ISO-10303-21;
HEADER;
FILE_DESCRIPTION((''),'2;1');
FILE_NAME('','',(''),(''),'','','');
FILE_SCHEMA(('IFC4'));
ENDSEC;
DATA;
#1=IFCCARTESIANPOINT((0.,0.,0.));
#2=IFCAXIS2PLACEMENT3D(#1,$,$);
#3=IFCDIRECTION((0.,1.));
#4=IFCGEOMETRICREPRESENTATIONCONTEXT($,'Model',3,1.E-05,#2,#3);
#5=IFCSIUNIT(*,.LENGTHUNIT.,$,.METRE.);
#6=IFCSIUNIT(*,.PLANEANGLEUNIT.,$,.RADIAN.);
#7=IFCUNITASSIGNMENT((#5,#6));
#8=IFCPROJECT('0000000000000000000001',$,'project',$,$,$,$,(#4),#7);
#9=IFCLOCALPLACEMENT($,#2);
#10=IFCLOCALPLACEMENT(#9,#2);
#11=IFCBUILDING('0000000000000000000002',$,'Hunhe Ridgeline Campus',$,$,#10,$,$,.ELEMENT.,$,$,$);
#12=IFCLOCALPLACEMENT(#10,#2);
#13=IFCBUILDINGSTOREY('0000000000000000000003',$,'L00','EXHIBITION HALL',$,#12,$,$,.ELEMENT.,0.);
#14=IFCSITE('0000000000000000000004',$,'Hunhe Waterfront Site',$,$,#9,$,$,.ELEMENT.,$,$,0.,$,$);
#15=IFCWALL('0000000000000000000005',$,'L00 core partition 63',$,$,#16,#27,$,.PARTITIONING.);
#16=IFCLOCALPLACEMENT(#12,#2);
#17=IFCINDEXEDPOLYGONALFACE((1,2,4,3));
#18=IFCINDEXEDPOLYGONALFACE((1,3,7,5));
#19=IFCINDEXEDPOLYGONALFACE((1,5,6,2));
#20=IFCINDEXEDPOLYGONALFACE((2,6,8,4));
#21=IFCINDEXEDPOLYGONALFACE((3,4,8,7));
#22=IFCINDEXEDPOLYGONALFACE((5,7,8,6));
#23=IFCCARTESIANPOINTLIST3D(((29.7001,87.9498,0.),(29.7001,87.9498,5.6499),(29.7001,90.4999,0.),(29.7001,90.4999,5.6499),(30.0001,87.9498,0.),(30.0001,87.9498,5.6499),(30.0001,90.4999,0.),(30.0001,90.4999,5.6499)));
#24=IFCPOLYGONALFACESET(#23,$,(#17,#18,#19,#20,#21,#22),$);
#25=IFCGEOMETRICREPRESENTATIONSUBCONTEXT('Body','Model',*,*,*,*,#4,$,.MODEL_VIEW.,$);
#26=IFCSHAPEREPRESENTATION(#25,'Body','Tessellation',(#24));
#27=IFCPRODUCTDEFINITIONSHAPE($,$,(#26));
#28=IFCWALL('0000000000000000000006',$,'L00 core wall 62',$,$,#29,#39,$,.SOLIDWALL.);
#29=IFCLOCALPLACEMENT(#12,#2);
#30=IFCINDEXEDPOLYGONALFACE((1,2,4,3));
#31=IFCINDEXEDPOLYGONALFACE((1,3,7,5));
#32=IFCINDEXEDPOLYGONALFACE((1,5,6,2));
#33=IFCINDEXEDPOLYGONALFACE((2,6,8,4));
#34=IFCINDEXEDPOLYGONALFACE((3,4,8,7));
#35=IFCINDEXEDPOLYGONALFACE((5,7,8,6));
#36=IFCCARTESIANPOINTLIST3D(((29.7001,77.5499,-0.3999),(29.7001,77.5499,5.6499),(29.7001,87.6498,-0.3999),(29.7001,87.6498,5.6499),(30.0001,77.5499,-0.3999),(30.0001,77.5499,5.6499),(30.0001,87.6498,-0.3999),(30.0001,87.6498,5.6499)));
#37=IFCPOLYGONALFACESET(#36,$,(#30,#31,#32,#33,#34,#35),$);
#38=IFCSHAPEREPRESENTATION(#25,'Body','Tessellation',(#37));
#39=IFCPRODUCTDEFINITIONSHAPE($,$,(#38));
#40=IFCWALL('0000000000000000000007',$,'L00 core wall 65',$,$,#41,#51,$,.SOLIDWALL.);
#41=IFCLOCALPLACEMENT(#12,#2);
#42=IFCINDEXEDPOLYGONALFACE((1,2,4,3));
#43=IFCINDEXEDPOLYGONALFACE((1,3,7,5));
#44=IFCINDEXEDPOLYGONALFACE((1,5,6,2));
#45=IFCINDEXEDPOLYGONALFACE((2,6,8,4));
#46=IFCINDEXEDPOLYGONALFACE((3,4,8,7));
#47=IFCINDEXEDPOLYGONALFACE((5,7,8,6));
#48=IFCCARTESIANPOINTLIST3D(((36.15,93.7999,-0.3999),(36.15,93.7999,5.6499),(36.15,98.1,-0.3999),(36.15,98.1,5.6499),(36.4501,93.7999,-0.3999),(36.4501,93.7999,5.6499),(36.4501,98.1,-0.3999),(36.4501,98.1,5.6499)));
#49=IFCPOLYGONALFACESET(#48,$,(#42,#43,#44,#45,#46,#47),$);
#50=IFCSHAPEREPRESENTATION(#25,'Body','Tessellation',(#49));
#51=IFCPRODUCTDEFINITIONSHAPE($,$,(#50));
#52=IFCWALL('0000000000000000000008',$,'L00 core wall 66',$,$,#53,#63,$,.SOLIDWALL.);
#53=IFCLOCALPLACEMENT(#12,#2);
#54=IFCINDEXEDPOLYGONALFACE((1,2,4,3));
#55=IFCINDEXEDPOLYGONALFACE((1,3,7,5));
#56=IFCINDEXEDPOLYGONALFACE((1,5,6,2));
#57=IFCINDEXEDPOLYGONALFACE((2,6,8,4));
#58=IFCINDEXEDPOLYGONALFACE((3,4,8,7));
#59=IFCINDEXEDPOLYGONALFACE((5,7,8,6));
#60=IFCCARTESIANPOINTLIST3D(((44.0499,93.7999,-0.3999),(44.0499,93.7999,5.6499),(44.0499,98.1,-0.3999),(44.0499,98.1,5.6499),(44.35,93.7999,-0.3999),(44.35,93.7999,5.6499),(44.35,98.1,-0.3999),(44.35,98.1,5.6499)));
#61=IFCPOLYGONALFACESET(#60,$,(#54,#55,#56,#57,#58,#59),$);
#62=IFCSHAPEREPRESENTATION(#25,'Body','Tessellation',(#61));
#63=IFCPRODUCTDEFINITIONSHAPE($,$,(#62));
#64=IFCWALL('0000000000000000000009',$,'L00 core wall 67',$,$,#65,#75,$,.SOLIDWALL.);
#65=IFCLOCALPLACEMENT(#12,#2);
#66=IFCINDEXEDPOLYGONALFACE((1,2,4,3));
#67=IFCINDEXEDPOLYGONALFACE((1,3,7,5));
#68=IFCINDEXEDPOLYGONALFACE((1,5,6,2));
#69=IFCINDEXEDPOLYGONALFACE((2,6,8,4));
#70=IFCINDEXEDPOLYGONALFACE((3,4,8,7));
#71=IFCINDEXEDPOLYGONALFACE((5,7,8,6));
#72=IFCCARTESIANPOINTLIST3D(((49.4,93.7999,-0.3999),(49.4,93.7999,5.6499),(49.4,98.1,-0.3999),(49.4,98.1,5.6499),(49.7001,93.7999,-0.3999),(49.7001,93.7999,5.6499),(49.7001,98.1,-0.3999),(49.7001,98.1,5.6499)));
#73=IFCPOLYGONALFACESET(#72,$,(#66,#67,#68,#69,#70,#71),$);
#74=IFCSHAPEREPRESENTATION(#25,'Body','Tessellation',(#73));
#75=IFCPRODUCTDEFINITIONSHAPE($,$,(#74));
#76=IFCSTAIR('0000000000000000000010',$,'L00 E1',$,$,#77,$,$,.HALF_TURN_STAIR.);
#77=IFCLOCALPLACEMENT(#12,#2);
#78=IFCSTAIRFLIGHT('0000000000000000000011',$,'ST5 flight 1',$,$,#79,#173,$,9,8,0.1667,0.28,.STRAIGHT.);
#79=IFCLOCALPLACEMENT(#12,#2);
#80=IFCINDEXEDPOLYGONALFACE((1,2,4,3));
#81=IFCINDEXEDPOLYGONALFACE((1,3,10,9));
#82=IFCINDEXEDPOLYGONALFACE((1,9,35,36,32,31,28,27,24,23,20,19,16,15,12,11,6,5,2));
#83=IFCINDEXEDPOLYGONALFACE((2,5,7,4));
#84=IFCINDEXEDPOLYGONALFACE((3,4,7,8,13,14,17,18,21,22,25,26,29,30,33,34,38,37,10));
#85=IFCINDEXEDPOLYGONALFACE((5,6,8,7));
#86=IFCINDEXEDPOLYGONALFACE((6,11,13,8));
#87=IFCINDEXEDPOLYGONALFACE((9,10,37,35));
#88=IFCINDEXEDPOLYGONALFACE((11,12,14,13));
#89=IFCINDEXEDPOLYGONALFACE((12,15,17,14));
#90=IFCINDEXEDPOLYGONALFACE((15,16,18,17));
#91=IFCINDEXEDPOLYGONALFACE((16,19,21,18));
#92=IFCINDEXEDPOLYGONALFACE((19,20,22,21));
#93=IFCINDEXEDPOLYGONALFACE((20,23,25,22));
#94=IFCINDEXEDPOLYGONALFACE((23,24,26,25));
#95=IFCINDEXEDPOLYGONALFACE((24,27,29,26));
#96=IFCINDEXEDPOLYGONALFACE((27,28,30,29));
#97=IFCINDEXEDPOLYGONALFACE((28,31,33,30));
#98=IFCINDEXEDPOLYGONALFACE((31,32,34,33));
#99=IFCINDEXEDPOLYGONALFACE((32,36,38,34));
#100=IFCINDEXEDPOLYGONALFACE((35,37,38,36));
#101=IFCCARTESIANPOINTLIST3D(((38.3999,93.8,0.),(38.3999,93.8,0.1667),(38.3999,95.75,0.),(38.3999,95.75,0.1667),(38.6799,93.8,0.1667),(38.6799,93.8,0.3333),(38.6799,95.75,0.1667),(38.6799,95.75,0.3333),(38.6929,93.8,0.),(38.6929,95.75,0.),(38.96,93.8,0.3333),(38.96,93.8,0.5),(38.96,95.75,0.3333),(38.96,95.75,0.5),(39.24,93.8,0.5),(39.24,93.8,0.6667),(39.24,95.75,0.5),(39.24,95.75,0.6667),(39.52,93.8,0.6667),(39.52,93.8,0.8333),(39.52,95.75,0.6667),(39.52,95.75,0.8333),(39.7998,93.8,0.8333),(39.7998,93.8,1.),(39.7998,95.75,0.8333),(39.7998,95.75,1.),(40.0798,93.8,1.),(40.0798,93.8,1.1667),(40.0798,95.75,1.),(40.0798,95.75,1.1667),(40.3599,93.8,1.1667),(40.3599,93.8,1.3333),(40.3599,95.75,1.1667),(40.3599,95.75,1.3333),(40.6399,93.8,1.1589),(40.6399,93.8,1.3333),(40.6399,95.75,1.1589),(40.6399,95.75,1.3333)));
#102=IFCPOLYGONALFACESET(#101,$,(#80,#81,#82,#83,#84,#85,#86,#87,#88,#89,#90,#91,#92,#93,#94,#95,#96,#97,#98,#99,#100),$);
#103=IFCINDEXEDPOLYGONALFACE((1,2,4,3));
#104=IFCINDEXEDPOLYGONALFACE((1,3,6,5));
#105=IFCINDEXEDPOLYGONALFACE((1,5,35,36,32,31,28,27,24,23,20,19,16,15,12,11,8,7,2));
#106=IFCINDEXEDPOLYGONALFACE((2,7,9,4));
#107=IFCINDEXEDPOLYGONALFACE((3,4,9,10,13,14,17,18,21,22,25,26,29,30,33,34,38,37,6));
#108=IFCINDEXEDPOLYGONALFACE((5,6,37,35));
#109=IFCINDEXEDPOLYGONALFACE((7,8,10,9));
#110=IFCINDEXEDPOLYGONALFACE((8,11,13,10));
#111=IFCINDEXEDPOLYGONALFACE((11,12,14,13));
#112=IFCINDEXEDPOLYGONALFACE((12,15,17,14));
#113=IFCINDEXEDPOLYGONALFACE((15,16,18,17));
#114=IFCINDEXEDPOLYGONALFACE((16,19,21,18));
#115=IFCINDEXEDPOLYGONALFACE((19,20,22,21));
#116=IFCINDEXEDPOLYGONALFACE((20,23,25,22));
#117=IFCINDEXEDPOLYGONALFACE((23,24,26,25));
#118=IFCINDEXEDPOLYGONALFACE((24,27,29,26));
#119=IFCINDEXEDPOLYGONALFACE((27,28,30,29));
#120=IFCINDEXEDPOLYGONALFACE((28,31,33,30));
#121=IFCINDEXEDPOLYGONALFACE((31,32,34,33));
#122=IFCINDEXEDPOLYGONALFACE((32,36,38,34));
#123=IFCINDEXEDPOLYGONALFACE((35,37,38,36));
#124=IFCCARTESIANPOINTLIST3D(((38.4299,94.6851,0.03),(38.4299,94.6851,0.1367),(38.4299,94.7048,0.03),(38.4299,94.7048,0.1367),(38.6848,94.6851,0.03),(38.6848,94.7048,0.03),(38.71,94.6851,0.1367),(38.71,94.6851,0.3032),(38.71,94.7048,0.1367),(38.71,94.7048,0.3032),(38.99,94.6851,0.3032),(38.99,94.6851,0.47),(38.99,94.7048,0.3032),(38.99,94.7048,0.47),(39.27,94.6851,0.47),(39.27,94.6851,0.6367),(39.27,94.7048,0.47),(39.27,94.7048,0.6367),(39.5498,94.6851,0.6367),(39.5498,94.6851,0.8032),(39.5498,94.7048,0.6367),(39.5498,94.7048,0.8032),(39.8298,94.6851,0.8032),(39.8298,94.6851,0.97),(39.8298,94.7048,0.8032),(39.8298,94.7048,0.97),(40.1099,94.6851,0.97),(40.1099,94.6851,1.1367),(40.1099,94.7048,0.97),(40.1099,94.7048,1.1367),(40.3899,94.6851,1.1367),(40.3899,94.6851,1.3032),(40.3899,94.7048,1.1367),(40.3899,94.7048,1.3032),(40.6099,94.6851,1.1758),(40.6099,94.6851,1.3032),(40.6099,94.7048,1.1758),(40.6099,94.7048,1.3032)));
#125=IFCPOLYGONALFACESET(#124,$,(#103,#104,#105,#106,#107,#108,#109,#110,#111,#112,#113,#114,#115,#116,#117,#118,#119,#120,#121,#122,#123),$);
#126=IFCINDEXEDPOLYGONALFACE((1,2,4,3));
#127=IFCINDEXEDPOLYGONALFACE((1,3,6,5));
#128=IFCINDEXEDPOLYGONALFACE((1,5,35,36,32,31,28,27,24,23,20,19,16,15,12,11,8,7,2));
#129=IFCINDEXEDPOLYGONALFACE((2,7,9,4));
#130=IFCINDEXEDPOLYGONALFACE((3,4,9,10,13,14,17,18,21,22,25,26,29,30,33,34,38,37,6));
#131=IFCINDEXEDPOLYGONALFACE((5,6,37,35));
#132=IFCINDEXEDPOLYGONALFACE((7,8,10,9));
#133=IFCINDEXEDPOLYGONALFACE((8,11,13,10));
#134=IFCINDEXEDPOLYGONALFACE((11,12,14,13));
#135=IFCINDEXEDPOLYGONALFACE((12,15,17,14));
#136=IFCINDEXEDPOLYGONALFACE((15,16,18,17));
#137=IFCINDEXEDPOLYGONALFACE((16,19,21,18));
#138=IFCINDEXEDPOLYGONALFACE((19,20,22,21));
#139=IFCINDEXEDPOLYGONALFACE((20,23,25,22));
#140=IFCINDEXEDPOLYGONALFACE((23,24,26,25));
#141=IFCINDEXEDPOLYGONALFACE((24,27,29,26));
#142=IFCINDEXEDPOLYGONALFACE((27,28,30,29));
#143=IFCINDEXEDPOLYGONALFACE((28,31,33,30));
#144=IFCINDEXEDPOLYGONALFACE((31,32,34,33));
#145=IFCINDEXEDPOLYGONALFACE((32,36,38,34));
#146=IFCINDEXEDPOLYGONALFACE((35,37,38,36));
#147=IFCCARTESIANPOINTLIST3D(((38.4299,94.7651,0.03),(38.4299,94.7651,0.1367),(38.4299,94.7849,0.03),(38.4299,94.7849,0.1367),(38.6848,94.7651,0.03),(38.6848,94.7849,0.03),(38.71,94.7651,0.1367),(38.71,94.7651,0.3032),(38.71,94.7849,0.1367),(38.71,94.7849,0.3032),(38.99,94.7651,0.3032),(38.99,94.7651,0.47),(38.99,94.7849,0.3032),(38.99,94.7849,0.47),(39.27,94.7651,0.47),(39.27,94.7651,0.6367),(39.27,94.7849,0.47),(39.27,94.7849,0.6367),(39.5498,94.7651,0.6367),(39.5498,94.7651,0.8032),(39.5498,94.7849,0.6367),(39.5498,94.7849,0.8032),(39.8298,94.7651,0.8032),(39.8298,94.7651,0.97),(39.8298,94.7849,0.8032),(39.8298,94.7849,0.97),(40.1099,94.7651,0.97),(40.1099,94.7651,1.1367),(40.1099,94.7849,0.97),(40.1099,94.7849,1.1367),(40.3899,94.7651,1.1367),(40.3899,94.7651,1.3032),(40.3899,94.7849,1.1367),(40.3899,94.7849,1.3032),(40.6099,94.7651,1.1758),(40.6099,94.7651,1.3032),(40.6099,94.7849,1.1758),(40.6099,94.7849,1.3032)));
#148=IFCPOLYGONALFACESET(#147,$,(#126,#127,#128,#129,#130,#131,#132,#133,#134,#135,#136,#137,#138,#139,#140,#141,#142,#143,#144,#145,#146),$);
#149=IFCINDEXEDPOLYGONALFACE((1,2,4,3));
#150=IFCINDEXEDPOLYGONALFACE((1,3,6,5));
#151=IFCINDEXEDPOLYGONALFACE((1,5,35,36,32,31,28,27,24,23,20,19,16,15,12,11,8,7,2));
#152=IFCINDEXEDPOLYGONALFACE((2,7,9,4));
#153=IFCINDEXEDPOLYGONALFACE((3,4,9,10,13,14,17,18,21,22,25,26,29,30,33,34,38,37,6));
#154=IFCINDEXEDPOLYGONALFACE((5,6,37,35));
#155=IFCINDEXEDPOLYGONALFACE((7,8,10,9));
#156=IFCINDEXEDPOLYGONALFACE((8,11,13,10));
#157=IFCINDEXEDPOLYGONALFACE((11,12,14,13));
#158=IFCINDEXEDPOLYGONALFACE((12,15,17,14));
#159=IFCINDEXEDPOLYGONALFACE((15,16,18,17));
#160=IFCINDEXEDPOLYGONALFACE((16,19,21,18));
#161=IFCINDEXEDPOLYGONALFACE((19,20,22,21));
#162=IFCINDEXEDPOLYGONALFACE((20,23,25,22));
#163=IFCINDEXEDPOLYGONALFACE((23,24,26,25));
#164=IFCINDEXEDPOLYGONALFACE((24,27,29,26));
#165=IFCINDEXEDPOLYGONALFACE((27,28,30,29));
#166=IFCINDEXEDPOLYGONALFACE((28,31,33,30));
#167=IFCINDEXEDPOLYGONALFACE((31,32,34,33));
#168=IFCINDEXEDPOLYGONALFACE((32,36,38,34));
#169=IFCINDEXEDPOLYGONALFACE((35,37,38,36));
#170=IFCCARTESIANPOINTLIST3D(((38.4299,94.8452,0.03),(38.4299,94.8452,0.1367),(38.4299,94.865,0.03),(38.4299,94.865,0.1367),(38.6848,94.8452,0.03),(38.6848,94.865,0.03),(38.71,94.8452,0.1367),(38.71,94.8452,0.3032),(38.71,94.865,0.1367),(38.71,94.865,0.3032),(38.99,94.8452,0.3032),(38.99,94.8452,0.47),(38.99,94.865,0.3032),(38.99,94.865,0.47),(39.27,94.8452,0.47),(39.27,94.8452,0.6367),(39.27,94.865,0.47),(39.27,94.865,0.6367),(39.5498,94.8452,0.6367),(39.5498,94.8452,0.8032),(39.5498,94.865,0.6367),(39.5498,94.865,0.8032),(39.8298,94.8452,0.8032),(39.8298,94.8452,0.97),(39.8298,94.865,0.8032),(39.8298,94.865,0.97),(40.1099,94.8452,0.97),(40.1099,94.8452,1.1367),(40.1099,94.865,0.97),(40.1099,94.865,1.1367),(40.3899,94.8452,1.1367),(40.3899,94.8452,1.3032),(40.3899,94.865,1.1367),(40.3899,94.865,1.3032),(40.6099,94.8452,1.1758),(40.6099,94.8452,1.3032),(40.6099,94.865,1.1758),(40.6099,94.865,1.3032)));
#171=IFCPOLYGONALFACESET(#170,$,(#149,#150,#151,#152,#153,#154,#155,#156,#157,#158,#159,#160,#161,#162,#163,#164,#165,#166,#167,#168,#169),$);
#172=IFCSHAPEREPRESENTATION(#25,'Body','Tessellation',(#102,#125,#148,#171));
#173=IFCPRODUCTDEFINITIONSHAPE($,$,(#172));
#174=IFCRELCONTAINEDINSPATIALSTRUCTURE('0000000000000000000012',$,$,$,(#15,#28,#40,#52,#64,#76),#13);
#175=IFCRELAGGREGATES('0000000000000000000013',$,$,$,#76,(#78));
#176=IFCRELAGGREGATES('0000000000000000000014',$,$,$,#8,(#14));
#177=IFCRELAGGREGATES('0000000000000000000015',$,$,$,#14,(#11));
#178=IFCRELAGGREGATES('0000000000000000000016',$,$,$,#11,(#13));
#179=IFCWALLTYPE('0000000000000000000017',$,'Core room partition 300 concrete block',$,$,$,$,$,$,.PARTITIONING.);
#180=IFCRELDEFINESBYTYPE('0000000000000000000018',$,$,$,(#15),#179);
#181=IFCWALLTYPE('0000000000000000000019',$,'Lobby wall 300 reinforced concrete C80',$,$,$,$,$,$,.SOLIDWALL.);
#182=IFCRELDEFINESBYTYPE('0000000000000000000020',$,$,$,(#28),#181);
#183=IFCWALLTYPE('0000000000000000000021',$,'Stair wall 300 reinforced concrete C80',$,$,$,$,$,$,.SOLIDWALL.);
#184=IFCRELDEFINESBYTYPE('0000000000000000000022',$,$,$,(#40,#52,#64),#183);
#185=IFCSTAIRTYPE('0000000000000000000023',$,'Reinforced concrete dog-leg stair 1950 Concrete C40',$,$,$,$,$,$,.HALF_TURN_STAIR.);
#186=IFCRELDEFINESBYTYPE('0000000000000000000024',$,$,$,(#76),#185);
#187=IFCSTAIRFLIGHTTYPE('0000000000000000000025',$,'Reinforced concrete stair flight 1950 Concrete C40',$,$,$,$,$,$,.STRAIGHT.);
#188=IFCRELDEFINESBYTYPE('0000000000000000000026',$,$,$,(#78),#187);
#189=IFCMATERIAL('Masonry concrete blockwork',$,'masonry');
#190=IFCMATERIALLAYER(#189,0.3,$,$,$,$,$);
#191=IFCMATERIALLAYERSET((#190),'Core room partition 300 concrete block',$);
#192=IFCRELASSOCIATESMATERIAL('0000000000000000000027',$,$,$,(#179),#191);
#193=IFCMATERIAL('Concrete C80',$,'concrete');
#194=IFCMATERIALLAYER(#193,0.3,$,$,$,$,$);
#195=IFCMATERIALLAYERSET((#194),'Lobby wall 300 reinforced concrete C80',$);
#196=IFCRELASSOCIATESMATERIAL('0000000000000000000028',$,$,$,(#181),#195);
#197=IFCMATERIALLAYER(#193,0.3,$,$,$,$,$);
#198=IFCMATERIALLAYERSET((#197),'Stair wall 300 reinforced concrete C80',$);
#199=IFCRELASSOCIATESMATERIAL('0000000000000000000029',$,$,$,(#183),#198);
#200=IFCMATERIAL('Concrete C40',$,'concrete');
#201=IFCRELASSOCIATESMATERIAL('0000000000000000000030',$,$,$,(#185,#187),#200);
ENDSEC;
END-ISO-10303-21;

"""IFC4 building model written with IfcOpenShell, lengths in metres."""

from ifc_helpers import new_model, si_unit, direction, frame, frame_2d, origin, place, context, subcontext, project, spatial, polyline, rectangle, outline, extrude, material, layer, layer_set, type_object, element, aggregate, save


model = new_model("IFC4")

# Units and contexts
model_context = context("Model", 3, precision=1e-05, world=origin(), true_north=direction((0.0, 1.0)))
body_context = subcontext(model_context, "Body", "Model", "MODEL_VIEW")
ifc_project = project(units=[si_unit("LENGTHUNIT", "METRE"), si_unit("PLANEANGLEUNIT", "RADIAN")], contexts=[model_context])

# Site, building, storey
site_placement = place(None, origin())
site = spatial("IfcSite", under=ifc_project, at=site_placement, Name="Hunhe Waterfront Site", CompositionType="ELEMENT", RefElevation=0.0)
building_placement = place(site_placement, origin())
building = spatial("IfcBuilding", under=site, at=building_placement, Name="Hunhe Ridgeline Campus", CompositionType="ELEMENT")
storey_placement = place(building_placement, origin())
storey = spatial("IfcBuildingStorey", under=building, at=storey_placement, Name="L00", Description="EXHIBITION HALL", CompositionType="ELEMENT", Elevation=0.0)

# Shared definitions
ifc_material_1 = material(Name="Concrete C80", Category="concrete")

# Shared definitions
ifc_material_2 = material(Name="Masonry concrete blockwork", Category="masonry")
ifc_layer_1 = layer(ifc_material_2, 0.3)
ifc_layer_set_1 = layer_set([ifc_layer_1], Name="Core room partition 300 concrete block")
wall_type_1 = type_object("IfcWallType", Name="Core room partition 300 concrete block", PredefinedType="PARTITIONING", material=ifc_layer_set_1)

# Walls
wall_1_placement = place(storey_placement, frame((29.8501, 87.95, 0.0), z_axis=(0.0, 0.0, 1.0), x_axis=(0.0, 1.0, 0.0)))
element("IfcWall", 1, at=wall_1_placement, inside=storey, type_object=wall_type_1, Name="L00 core partition 63", PredefinedType="PARTITIONING", context=body_context, shape_type="SweptSolid", body=[
    extrude(rectangle(XDim=2.55, YDim=0.3, at=frame_2d((1.2749, 0.0))), origin(), (0.0, 0.0, 1.0), 5.6499),
])
ifc_layer_2 = layer(ifc_material_1, 0.3)
ifc_layer_set_2 = layer_set([ifc_layer_2], Name="Lobby wall 300 reinforced concrete C80")
wall_type_2 = type_object("IfcWallType", Name="Lobby wall 300 reinforced concrete C80", PredefinedType="SOLIDWALL", material=ifc_layer_set_2)
wall_2_placement = place(storey_placement, frame((29.8501, 77.55, -0.3999), z_axis=(0.0, 0.0, 1.0), x_axis=(0.0, 1.0, 0.0)))
element("IfcWall", 2, at=wall_2_placement, inside=storey, type_object=wall_type_2, Name="L00 core wall 62", PredefinedType="SOLIDWALL", context=body_context, shape_type="SweptSolid", body=[
    extrude(rectangle(XDim=10.0999, YDim=0.3, at=frame_2d((5.0498, 0.0))), origin(), (0.0, 0.0, 1.0), 6.0498),
])

# Shared definitions
ifc_layer_3 = layer(ifc_material_1, 0.3)
ifc_layer_set_3 = layer_set([ifc_layer_3], Name="Stair wall 300 reinforced concrete C80")
wall_type_3 = type_object("IfcWallType", Name="Stair wall 300 reinforced concrete C80", PredefinedType="SOLIDWALL", material=ifc_layer_set_3)

# Walls
for number, where, z_axis, x_axis, name in (
    (3, (36.3, 93.8, -0.3999), (0.0, 0.0, 1.0), (0.0, 1.0, 0.0), "L00 core wall 65"),
    (4, (44.2, 93.8, -0.3999), (0.0, 0.0, 1.0), (0.0, 1.0, 0.0), "L00 core wall 66"),
    (5, (49.55, 93.8, -0.3999), (0.0, 0.0, 1.0), (0.0, 1.0, 0.0), "L00 core wall 67"),
):
    element("IfcWall", number, at=place(storey_placement, frame(where, z_axis=z_axis, x_axis=x_axis)), inside=storey, type_object=wall_type_3, Name=name, PredefinedType="SOLIDWALL", context=body_context, shape_type="SweptSolid", body=[
        extrude(rectangle(XDim=4.3, YDim=0.3, at=frame_2d((2.1499, 0.0))), origin(), (0.0, 0.0, 1.0), 6.0498),
    ])

# Stair, stair flight
ifc_material_3 = material(Name="Concrete C40", Category="concrete")
stair_type = type_object("IfcStairType", Name="Reinforced concrete dog-leg stair 1950 Concrete C40", PredefinedType="HALF_TURN_STAIR", material=ifc_material_3)
stair_placement = place(storey_placement, origin())
stair = element("IfcStair", 6, at=stair_placement, inside=storey, type_object=stair_type, Name="L00 E1", PredefinedType="HALF_TURN_STAIR")
stair_flight_type = type_object("IfcStairFlightType", Name="Reinforced concrete stair flight 1950 Concrete C40", PredefinedType="STRAIGHT", material=ifc_material_3)
stair_flight_1_placement = place(storey_placement, frame((38.3999, 94.7749, 0.0), z_axis=(0.0, 0.0, 1.0), x_axis=(1.0, 0.0, 0.0)))
stair_flight_1 = element("IfcStairFlight", 7, at=stair_flight_1_placement, type_object=stair_flight_type, Name="ST5 flight 1", NumberOfRisers=9, NumberOfTreads=8, PredefinedType="STRAIGHT", RiserHeight=0.1667, TreadLength=0.28, context=body_context, shape_type="SweptSolid", body=[
    extrude(outline(polyline([(0.0, 0.0), (0.0, 0.1667), (0.28, 0.1667), (0.28, 0.3333), (0.5601, 0.3333), (0.5601, 0.5), (0.8401, 0.5), (0.8401, 0.6667), (1.1201, 0.6667), (1.1201, 0.8333), (1.3999, 0.8333), (1.3999, 1.0), (1.6799, 1.0), (1.6799, 1.1667), (1.96, 1.1667), (1.96, 1.3333), (2.24, 1.3333), (2.24, 1.5), (2.24, 1.1589), (0.293, 0.0), (0.0, 0.0)])), frame((0.0, 0.9751, 0.0), z_axis=(0.0, -1.0, 0.0), x_axis=(1.0, 0.0, 0.0)), (0.0, 0.0, 1.0), 1.95),
    extrude(outline(polyline([(0.03, 0.03), (0.03, 0.1367), (0.3101, 0.1367), (0.3101, 0.3032), (0.5901, 0.3032), (0.5901, 0.47), (0.8701, 0.47), (0.8701, 0.6367), (1.1499, 0.6367), (1.1499, 0.8032), (1.4299, 0.8032), (1.4299, 0.97), (1.71, 0.97), (1.71, 1.1367), (1.99, 1.1367), (1.99, 1.3032), (2.21, 1.3032), (2.21, 1.1758), (0.2849, 0.03), (0.03, 0.03)])), frame((0.0, -0.0701, 0.0), z_axis=(0.0, -1.0, 0.0), x_axis=(1.0, 0.0, 0.0)), (0.0, 0.0, 1.0), 0.0198),
    extrude(outline(polyline([(0.03, 0.03), (0.03, 0.1367), (0.3101, 0.1367), (0.3101, 0.3032), (0.5901, 0.3032), (0.5901, 0.47), (0.8701, 0.47), (0.8701, 0.6367), (1.1499, 0.6367), (1.1499, 0.8032), (1.4299, 0.8032), (1.4299, 0.97), (1.71, 0.97), (1.71, 1.1367), (1.99, 1.1367), (1.99, 1.3032), (2.21, 1.3032), (2.21, 1.1758), (0.2849, 0.03), (0.03, 0.03)])), frame((0.0, 0.01, 0.0), z_axis=(0.0, -1.0, 0.0), x_axis=(1.0, 0.0, 0.0)), (0.0, 0.0, 1.0), 0.0198),
    extrude(outline(polyline([(0.03, 0.03), (0.03, 0.1367), (0.3101, 0.1367), (0.3101, 0.3032), (0.5901, 0.3032), (0.5901, 0.47), (0.8701, 0.47), (0.8701, 0.6367), (1.1499, 0.6367), (1.1499, 0.8032), (1.4299, 0.8032), (1.4299, 0.97), (1.71, 0.97), (1.71, 1.1367), (1.99, 1.1367), (1.99, 1.3032), (2.21, 1.3032), (2.21, 1.1758), (0.2849, 0.03), (0.03, 0.03)])), frame((0.0, 0.0901, 0.0), z_axis=(0.0, -1.0, 0.0), x_axis=(1.0, 0.0, 0.0)), (0.0, 0.0, 1.0), 0.0198),
])
aggregate(stair, [stair_flight_1])

save(model, "model.ifc")
